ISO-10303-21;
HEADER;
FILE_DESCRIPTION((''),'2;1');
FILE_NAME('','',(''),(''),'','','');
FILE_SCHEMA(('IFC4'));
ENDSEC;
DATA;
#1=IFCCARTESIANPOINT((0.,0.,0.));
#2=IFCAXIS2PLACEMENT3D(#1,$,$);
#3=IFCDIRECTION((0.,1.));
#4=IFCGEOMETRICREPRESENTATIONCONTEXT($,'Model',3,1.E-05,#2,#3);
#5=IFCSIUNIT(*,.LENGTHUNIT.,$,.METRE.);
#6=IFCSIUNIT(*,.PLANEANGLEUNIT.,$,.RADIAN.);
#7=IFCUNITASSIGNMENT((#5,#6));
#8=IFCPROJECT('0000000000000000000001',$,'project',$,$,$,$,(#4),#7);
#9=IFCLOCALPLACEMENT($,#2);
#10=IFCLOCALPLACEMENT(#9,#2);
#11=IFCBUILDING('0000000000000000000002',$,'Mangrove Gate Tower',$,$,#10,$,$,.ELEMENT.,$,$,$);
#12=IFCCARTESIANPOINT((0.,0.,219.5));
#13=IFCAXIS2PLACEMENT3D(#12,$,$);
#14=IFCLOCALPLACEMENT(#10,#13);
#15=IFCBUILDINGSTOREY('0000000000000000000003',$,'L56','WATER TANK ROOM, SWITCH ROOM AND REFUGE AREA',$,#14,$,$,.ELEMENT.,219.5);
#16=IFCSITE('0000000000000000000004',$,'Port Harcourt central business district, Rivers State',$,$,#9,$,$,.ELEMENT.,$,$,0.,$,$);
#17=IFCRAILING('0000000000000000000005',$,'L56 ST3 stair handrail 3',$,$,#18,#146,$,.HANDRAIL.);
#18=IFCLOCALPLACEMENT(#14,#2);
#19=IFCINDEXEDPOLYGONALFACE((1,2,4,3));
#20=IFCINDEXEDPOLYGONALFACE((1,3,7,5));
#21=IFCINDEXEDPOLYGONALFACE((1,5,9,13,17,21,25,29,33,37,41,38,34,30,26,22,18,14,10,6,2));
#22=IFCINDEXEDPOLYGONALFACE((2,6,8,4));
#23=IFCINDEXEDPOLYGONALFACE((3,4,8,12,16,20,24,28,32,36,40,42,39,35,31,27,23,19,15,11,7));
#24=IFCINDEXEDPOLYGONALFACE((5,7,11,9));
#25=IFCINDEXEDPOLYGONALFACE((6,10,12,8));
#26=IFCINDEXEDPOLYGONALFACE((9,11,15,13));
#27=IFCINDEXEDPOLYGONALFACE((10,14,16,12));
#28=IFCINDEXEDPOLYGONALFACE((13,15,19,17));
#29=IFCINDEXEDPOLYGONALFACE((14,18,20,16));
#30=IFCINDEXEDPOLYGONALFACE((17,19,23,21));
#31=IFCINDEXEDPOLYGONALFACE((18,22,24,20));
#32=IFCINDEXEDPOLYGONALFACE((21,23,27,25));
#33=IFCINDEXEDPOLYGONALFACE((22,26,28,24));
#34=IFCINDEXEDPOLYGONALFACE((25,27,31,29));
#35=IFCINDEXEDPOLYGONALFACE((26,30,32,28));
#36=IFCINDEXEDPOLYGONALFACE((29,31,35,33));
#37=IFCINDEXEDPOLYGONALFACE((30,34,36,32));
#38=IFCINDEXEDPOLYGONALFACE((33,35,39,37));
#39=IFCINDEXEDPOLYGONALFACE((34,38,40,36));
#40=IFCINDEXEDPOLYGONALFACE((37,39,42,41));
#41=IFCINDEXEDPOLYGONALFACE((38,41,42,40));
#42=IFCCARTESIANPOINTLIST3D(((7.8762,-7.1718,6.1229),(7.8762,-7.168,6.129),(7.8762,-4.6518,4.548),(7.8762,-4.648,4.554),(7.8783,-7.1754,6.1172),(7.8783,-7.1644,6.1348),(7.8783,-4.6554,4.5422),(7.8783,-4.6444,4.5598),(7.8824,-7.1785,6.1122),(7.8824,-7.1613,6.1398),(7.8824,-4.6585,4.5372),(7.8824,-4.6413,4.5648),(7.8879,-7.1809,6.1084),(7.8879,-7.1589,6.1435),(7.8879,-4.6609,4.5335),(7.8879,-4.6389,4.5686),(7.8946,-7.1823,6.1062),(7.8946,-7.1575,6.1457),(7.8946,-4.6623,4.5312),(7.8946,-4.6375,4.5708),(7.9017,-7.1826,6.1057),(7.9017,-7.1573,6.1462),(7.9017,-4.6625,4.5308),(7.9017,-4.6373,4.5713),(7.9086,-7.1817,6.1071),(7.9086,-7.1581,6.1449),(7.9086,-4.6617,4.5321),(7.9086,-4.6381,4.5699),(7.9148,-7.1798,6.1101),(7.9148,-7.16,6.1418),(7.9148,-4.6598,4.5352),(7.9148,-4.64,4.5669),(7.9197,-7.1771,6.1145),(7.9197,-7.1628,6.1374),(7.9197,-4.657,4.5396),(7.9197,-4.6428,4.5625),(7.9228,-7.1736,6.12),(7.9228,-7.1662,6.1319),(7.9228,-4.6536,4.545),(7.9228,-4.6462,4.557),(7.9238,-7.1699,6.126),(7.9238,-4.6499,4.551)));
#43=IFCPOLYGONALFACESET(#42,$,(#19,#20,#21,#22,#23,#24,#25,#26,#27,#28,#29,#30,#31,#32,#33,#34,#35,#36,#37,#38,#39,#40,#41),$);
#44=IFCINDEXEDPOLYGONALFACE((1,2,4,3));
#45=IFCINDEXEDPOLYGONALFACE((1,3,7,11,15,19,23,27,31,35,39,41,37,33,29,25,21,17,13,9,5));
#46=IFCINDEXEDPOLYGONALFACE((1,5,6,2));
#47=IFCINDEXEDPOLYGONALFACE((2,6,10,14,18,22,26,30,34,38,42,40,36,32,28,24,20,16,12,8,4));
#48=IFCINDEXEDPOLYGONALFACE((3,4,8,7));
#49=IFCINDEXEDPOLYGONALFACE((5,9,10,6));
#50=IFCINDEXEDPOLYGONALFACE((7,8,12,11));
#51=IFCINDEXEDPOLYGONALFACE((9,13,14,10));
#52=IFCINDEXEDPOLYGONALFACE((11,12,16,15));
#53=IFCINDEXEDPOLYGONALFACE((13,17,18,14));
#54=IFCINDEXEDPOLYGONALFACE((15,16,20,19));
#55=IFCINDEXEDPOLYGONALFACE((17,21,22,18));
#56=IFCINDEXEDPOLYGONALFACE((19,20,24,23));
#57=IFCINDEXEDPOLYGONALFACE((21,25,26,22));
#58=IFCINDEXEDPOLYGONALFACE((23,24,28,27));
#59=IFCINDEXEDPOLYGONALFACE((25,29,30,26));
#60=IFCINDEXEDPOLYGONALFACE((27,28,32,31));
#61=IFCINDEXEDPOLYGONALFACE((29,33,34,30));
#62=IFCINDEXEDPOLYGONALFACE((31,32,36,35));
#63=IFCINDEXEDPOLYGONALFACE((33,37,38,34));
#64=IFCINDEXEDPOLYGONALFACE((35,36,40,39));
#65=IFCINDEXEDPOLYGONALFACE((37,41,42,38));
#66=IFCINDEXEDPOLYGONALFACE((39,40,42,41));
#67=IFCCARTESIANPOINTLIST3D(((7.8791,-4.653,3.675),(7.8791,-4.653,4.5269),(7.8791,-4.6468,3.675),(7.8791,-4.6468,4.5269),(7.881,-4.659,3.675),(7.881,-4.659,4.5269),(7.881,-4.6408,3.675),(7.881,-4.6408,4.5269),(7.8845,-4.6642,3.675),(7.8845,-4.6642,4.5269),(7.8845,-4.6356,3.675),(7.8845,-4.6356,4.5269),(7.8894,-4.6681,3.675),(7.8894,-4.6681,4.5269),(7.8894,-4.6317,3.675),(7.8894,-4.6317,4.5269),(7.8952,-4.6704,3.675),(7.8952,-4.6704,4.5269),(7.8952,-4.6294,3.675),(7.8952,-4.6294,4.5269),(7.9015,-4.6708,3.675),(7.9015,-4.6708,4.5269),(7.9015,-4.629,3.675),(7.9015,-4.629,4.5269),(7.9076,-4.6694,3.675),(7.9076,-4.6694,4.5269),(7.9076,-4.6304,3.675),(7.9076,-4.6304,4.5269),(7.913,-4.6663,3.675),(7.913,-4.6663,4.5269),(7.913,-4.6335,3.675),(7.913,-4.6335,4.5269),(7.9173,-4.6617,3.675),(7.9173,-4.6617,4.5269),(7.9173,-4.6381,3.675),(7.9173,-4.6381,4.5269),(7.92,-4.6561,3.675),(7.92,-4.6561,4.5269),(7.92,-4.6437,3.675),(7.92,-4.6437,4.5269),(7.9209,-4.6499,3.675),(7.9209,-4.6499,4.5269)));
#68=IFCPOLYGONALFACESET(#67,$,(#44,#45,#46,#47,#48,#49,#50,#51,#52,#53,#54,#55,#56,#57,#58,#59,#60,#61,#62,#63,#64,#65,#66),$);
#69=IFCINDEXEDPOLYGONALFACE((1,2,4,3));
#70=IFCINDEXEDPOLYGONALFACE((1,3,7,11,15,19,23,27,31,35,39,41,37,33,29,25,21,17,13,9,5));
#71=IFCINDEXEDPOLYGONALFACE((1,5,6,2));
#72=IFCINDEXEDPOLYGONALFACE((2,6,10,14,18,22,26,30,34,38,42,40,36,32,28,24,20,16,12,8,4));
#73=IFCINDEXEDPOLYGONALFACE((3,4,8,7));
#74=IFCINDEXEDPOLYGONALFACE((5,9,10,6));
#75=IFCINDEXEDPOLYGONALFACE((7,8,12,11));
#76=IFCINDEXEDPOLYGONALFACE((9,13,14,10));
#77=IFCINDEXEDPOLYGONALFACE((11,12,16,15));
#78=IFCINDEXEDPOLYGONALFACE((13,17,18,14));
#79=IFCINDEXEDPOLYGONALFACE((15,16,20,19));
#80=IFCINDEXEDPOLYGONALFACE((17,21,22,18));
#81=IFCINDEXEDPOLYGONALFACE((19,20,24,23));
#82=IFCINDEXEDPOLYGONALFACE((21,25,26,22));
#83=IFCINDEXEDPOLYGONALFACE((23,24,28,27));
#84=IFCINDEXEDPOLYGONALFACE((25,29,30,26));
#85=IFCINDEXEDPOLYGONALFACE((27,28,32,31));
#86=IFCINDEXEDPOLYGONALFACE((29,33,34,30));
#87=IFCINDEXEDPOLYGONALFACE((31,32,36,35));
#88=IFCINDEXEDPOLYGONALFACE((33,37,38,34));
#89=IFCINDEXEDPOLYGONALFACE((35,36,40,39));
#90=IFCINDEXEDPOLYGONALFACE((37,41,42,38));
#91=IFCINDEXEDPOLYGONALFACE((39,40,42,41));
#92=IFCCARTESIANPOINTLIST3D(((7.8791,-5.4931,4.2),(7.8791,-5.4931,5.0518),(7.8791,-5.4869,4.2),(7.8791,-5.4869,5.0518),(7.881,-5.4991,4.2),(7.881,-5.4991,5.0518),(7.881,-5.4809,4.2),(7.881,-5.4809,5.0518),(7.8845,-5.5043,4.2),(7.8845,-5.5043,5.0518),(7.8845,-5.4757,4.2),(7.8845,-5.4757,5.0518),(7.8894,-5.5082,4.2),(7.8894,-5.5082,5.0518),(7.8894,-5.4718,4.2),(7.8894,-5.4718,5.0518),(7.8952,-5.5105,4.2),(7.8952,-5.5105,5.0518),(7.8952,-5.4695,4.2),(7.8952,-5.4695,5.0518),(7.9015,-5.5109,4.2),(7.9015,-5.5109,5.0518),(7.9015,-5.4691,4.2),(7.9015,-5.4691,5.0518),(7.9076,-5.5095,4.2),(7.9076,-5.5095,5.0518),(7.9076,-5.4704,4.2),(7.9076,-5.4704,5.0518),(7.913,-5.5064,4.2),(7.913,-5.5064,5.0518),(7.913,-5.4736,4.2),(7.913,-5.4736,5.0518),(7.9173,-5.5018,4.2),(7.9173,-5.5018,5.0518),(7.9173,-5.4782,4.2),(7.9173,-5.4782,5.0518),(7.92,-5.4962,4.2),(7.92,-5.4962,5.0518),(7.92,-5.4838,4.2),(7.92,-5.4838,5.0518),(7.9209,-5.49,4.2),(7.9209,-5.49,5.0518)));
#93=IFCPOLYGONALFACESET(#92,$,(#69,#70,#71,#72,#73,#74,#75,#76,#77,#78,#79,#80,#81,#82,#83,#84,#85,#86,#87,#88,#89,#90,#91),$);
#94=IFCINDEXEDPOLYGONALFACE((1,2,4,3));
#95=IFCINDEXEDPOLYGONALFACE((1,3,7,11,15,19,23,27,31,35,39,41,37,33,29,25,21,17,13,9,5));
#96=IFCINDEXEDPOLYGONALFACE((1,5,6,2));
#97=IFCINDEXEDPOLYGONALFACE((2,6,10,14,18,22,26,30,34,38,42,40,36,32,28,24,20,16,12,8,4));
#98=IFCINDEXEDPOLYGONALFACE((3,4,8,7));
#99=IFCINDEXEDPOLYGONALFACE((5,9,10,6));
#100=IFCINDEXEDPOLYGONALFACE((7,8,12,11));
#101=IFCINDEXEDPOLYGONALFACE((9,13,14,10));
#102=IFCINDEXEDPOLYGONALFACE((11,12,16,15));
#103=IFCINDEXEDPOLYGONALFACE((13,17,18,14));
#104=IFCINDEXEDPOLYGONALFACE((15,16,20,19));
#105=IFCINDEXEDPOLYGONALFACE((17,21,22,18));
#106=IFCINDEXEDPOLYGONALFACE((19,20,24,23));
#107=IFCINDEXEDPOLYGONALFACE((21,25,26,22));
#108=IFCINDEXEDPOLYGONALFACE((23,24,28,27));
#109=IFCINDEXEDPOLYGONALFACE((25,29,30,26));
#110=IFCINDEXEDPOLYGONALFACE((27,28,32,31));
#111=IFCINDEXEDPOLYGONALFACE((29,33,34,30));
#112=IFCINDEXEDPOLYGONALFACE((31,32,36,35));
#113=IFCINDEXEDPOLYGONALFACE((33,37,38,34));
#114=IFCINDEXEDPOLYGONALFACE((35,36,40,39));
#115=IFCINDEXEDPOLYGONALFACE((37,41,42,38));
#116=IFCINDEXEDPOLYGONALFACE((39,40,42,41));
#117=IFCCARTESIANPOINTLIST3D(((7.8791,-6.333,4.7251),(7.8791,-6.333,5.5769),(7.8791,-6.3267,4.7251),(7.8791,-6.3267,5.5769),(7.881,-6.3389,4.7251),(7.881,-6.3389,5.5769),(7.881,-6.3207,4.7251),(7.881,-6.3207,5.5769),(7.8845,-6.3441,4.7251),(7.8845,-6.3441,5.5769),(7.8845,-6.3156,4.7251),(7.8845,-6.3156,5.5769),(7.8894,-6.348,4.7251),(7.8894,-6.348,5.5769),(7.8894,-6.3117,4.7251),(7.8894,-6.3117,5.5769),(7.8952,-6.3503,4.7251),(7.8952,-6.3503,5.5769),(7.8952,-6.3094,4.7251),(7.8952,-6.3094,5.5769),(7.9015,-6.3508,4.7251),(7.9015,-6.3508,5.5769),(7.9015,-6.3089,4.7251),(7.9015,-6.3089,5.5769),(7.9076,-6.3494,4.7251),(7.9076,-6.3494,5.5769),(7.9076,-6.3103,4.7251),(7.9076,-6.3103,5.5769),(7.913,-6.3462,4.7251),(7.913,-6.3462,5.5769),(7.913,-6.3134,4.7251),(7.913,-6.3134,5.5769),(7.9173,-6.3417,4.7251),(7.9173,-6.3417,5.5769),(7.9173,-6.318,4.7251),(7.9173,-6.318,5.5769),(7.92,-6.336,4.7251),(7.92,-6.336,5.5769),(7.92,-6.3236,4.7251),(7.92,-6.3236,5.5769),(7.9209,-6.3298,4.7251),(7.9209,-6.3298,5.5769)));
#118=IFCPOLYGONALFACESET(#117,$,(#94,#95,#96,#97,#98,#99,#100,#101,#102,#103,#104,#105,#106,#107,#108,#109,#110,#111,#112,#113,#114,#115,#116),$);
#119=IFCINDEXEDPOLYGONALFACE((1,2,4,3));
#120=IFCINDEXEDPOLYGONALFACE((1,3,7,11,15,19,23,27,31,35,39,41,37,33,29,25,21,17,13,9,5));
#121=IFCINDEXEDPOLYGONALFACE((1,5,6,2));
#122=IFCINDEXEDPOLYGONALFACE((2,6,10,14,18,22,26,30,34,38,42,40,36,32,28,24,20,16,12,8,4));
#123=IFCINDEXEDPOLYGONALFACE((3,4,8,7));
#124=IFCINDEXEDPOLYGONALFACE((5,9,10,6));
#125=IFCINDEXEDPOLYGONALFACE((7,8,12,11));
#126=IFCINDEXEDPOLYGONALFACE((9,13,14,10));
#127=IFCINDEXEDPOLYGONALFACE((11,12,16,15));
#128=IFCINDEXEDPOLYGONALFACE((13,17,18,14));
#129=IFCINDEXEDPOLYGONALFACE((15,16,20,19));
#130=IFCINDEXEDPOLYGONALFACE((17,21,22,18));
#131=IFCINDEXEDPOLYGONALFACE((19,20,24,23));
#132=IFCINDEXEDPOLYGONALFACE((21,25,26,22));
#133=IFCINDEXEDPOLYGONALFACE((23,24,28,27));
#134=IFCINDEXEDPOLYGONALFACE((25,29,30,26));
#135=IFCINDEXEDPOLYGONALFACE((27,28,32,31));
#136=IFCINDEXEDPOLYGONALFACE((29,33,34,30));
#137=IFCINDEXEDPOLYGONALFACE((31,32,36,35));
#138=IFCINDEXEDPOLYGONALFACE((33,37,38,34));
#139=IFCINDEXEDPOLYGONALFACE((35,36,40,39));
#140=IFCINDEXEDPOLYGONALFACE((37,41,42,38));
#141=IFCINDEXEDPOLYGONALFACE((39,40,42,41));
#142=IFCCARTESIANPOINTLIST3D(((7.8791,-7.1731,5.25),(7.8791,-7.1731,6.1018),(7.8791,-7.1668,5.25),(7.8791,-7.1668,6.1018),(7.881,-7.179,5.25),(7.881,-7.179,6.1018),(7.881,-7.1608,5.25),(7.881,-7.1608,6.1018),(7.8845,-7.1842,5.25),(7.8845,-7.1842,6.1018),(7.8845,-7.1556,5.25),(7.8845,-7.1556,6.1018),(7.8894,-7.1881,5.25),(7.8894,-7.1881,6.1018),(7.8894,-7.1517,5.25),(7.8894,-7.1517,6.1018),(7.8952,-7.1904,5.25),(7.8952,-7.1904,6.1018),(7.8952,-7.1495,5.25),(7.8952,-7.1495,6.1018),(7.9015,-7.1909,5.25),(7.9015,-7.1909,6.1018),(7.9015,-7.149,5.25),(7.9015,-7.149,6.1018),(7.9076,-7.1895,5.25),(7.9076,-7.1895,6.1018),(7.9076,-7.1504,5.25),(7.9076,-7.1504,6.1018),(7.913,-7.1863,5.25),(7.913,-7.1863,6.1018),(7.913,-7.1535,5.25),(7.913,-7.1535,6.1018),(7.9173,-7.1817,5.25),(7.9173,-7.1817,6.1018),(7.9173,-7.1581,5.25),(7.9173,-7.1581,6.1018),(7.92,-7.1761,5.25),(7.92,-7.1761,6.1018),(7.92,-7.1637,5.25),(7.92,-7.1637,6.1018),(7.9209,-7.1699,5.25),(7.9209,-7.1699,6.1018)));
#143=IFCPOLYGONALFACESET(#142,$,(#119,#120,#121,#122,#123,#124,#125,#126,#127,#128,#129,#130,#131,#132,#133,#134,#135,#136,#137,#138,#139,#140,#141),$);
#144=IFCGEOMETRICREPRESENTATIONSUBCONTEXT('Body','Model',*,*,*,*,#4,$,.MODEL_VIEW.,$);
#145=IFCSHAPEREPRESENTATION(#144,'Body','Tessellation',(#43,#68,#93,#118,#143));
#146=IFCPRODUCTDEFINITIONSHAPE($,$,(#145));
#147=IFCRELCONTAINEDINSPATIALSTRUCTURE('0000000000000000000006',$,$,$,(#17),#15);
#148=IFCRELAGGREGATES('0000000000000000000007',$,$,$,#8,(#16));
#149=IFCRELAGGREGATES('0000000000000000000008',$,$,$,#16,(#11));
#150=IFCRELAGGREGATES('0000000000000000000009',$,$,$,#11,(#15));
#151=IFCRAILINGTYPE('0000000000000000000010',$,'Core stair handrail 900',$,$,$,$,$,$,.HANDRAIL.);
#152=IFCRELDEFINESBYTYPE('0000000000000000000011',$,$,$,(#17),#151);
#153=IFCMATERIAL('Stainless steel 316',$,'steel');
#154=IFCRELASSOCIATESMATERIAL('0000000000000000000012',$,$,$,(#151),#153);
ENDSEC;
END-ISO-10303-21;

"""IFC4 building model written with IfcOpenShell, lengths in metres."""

from ifc_helpers import new_model, si_unit, direction, frame, origin, origin_2d, place, context, subcontext, project, spatial, circle, extrude, material, type_object, element, save


model = new_model("IFC4")

# Units and contexts
model_context = context("Model", 3, precision=1e-05, world=origin(), true_north=direction((0.0, 1.0)))
body_context = subcontext(model_context, "Body", "Model", "MODEL_VIEW")
ifc_project = project(units=[si_unit("LENGTHUNIT", "METRE"), si_unit("PLANEANGLEUNIT", "RADIAN")], contexts=[model_context])

# Site, building, storey
site_placement = place(None, origin())
site = spatial("IfcSite", under=ifc_project, at=site_placement, Name="Port Harcourt central business district, Rivers State", CompositionType="ELEMENT", RefElevation=0.0)
building_placement = place(site_placement, origin())
building = spatial("IfcBuilding", under=site, at=building_placement, Name="Mangrove Gate Tower", CompositionType="ELEMENT")
storey_placement = place(building_placement, frame((0.0, 0.0, 219.5)))
storey = spatial("IfcBuildingStorey", under=building, at=storey_placement, Name="L56", Description="WATER TANK ROOM, SWITCH ROOM AND REFUGE AREA", CompositionType="ELEMENT", Elevation=219.5)

# Railing
ifc_material_1 = material(Name="Stainless steel 316", Category="steel")
railing_type_1 = type_object("IfcRailingType", Name="Core stair handrail 900", PredefinedType="HANDRAIL", material=ifc_material_1)
railing_1_placement = place(storey_placement, frame((7.8999, -4.6499, 3.675)))
element("IfcRailing", 1, at=railing_1_placement, inside=storey, type_object=railing_type_1, Name="L56 ST3 stair handrail 3", PredefinedType="HANDRAIL", context=body_context, shape_type="SweptSolid", body=[
    extrude(circle(Radius=0.0239, at=origin_2d()), frame((0.0, 0.0, 0.876), z_axis=(0.0, -0.848008, 0.529984), x_axis=(1.0, 0.0, 0.0)), (0.0, 0.0, 1.0), 2.9717),
    extrude(circle(Radius=0.021, at=origin_2d()), origin(), (0.0, 0.0, 1.0), 0.8518),
    extrude(circle(Radius=0.021, at=origin_2d()), frame((0.0, -0.8401, 0.5249)), (0.0, 0.0, 1.0), 0.8518),
    extrude(circle(Radius=0.021, at=origin_2d()), frame((0.0, -1.6799, 1.05)), (0.0, 0.0, 1.0), 0.8518),
    extrude(circle(Radius=0.021, at=origin_2d()), frame((0.0, -2.52, 1.575)), (0.0, 0.0, 1.0), 0.8518),
])

save(model, "model.ifc")
